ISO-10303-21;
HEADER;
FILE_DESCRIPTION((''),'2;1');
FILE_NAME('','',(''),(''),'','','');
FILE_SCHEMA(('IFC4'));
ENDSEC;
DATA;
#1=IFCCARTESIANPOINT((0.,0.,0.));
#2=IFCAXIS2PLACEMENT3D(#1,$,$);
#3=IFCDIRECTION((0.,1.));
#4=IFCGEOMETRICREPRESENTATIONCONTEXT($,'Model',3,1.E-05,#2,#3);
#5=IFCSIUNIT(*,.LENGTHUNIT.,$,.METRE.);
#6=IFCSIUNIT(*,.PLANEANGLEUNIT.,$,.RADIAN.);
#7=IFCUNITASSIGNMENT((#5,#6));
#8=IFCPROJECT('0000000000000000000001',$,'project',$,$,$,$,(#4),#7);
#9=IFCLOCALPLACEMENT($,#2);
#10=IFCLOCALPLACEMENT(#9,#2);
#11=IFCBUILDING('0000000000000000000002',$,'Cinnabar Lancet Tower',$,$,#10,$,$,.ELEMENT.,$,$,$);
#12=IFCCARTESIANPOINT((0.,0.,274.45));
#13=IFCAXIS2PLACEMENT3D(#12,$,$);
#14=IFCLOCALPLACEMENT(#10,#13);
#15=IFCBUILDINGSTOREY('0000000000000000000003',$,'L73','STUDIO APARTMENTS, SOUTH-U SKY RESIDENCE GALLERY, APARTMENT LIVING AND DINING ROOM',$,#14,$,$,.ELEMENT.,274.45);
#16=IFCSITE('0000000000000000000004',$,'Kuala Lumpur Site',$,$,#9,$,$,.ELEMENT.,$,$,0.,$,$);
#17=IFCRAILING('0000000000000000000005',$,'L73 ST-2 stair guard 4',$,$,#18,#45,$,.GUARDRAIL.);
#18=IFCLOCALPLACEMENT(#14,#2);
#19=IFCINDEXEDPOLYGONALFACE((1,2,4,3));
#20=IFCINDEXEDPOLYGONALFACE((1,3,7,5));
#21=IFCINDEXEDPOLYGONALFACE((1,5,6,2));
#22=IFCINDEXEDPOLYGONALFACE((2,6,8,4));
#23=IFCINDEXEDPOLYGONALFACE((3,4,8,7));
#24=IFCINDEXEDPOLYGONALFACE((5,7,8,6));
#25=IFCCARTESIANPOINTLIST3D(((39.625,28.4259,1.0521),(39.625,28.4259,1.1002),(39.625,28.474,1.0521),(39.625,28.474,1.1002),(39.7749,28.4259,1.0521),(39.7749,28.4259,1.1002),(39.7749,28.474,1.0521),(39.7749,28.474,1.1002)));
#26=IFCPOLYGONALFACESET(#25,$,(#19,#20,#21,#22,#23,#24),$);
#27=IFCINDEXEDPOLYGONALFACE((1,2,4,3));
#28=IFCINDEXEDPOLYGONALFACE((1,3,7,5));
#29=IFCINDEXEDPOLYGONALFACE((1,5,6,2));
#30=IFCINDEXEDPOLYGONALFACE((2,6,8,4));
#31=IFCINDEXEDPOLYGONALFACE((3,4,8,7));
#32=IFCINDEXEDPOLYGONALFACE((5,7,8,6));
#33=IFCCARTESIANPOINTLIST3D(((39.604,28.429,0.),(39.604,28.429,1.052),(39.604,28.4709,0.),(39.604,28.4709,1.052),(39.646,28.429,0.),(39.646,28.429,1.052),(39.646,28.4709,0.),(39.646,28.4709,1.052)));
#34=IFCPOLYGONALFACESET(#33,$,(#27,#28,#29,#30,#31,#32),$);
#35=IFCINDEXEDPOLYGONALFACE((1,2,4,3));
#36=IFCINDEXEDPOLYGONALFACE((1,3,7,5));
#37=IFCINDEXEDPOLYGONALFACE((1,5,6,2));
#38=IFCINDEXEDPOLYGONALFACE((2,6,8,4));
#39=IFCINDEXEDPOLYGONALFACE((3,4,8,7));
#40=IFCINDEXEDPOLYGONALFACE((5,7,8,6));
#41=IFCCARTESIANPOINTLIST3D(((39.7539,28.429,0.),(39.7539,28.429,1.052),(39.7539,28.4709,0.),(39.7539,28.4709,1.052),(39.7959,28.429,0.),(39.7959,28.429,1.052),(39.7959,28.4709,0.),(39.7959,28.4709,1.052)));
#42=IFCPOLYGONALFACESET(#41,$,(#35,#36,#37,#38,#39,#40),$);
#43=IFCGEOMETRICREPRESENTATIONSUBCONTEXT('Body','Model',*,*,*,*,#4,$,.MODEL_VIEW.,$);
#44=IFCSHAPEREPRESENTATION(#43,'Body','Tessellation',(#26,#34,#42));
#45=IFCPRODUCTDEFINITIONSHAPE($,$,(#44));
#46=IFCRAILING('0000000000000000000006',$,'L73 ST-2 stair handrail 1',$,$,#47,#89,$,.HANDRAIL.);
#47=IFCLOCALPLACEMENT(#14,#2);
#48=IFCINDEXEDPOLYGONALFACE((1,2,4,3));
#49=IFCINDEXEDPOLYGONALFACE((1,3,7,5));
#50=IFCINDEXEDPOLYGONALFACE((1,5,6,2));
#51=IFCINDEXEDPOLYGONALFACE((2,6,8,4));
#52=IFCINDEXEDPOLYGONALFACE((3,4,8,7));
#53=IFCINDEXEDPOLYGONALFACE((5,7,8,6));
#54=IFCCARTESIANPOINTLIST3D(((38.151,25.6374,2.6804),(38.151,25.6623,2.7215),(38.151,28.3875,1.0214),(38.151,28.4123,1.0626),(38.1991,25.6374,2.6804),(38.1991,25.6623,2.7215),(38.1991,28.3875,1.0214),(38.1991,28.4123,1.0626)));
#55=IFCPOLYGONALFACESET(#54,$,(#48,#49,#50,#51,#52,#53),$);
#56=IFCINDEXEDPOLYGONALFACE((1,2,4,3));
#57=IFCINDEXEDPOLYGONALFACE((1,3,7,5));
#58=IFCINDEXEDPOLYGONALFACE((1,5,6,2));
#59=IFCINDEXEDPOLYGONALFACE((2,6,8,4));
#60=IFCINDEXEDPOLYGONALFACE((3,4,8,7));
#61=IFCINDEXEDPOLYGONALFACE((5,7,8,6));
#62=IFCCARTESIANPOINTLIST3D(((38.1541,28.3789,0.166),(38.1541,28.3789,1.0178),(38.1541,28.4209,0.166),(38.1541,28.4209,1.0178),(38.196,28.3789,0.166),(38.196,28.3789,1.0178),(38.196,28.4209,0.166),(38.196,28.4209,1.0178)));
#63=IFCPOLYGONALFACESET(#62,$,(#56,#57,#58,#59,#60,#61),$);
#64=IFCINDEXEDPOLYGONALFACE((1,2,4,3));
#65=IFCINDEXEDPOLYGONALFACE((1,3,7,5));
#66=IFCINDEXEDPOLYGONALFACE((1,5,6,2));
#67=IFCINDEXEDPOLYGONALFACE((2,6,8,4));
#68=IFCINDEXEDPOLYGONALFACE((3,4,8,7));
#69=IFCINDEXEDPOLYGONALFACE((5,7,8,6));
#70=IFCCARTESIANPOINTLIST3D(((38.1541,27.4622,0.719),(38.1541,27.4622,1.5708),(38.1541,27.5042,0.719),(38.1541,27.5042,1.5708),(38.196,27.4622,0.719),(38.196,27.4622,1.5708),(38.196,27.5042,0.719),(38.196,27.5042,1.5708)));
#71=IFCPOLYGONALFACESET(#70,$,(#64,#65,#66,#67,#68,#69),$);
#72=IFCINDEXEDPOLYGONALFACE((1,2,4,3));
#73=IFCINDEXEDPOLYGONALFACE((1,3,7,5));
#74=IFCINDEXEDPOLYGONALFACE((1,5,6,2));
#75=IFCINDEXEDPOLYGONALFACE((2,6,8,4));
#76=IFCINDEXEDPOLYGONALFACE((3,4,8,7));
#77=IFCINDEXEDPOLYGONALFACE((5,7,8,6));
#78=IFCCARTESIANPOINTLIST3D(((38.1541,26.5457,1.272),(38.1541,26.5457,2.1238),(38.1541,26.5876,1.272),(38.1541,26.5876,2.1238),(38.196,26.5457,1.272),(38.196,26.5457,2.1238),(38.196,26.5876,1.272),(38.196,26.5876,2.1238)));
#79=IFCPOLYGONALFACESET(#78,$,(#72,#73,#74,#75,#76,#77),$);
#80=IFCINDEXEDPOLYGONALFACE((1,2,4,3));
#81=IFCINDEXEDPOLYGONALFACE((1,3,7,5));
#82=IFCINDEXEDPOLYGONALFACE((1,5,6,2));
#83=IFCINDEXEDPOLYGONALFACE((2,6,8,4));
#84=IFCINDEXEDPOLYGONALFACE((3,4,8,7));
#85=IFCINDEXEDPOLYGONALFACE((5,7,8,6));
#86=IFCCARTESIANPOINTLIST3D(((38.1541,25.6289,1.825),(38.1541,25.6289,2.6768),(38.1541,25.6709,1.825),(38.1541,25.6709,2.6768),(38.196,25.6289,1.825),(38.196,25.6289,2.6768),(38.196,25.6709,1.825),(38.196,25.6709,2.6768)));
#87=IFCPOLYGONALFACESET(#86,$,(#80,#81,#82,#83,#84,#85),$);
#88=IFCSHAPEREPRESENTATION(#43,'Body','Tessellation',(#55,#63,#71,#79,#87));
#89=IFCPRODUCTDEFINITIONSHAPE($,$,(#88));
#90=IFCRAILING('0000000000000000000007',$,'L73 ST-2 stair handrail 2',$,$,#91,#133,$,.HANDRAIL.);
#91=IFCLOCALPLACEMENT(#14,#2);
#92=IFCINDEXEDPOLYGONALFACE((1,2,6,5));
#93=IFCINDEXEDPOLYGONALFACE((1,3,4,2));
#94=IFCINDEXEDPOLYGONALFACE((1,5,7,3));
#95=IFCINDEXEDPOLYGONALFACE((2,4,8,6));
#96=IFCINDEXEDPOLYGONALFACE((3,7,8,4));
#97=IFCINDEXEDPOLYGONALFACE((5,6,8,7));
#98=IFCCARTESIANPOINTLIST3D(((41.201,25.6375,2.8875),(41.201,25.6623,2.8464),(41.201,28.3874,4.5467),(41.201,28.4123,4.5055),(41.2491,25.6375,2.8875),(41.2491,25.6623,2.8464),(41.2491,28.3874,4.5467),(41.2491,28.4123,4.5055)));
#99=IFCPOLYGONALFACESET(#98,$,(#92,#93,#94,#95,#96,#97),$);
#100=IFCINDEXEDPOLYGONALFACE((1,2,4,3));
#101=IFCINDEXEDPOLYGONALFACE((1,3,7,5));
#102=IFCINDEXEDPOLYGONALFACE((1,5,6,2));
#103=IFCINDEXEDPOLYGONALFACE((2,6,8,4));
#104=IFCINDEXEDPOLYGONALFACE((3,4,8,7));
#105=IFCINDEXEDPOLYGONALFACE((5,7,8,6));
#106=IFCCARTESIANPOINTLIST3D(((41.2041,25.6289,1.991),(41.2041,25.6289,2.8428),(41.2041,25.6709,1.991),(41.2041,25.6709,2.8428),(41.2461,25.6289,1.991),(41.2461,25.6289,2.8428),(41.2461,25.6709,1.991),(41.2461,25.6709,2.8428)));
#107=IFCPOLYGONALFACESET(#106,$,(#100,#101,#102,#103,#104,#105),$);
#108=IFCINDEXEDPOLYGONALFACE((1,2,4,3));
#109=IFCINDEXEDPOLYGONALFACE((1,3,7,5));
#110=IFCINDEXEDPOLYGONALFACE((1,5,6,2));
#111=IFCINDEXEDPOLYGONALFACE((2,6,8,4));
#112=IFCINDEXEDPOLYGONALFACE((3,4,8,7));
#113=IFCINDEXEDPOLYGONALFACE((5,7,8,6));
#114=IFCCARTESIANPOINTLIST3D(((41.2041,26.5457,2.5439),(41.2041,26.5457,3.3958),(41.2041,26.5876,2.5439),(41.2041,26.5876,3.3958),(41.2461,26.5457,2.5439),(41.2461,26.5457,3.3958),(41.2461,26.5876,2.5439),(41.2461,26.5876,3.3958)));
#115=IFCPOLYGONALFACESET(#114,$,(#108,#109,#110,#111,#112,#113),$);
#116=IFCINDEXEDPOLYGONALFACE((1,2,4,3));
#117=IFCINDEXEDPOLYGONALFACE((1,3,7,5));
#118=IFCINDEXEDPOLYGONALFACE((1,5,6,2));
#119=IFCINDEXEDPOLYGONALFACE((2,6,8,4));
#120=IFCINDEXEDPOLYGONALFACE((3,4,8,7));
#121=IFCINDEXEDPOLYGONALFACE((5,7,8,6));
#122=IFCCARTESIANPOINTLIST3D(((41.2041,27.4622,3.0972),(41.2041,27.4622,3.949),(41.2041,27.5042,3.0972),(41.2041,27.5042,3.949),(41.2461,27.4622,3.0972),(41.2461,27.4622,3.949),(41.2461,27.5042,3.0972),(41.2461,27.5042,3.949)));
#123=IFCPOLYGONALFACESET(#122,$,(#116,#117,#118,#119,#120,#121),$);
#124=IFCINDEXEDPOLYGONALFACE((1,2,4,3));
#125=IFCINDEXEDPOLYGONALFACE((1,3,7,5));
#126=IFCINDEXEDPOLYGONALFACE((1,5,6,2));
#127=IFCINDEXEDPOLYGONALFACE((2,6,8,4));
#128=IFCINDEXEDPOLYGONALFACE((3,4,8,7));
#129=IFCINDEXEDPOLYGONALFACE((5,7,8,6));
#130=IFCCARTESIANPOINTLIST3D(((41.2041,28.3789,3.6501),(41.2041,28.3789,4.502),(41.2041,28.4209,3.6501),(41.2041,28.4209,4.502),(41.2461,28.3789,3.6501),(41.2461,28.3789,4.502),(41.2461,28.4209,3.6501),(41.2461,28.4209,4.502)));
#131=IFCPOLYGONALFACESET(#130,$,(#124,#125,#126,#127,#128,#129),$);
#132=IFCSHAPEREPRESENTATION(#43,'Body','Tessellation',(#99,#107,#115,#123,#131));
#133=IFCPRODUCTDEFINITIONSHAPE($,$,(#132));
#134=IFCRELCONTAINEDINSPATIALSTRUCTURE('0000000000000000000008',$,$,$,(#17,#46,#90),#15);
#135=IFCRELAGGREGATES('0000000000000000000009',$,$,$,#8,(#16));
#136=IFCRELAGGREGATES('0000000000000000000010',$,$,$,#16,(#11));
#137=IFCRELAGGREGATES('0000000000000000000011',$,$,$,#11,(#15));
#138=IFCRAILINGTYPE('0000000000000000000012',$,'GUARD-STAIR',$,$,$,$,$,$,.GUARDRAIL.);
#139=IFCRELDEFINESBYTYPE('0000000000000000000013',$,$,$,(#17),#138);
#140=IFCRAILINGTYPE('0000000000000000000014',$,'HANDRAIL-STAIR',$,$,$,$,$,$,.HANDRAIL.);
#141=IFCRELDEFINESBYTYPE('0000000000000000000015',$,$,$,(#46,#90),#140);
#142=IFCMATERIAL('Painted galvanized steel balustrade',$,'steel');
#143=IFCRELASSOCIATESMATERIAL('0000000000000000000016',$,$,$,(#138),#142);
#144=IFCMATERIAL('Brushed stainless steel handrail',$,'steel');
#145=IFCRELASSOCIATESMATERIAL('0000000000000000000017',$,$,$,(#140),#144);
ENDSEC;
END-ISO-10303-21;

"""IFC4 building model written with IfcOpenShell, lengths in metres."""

from ifc_helpers import new_model, si_unit, direction, frame, origin, origin_2d, place, context, subcontext, project, spatial, rectangle, extrude, material, type_object, element, save


model = new_model("IFC4")

# Units and contexts
model_context = context("Model", 3, precision=1e-05, world=origin(), true_north=direction((0.0, 1.0)))
body_context = subcontext(model_context, "Body", "Model", "MODEL_VIEW")
ifc_project = project(units=[si_unit("LENGTHUNIT", "METRE"), si_unit("PLANEANGLEUNIT", "RADIAN")], contexts=[model_context])

# Site, building, storey
site_placement = place(None, origin())
site = spatial("IfcSite", under=ifc_project, at=site_placement, Name="Kuala Lumpur Site", CompositionType="ELEMENT", RefElevation=0.0)
building_placement = place(site_placement, origin())
building = spatial("IfcBuilding", under=site, at=building_placement, Name="Cinnabar Lancet Tower", CompositionType="ELEMENT")
storey_placement = place(building_placement, frame((0.0, 0.0, 274.45)))
storey = spatial("IfcBuildingStorey", under=building, at=storey_placement, Name="L73", Description="STUDIO APARTMENTS, SOUTH-U SKY RESIDENCE GALLERY, APARTMENT LIVING AND DINING ROOM", CompositionType="ELEMENT", Elevation=274.45)

# Railings
ifc_material_1 = material(Name="Painted galvanized steel balustrade", Category="steel")
railing_type_1 = type_object("IfcRailingType", Name="GUARD-STAIR", PredefinedType="GUARDRAIL", material=ifc_material_1)
railing_1_placement = place(storey_placement, frame((39.625, 28.45, 0.0)))
element("IfcRailing", 1, at=railing_1_placement, inside=storey, type_object=railing_type_1, Name="L73 ST-2 stair guard 4", PredefinedType="GUARDRAIL", context=body_context, shape_type="SweptSolid", body=[
    extrude(rectangle(XDim=0.0481, YDim=0.0481, at=origin_2d()), frame((0.0, 0.0, 1.0762), z_axis=(1.0, 0.0, 0.0), x_axis=(0.0, 1.0, 0.0)), (0.0, 0.0, 1.0), 0.1499),
    extrude(rectangle(XDim=0.042, YDim=0.042, at=origin_2d()), origin(), (0.0, 0.0, 1.0), 1.052),
    extrude(rectangle(XDim=0.042, YDim=0.042, at=origin_2d()), frame((0.1499, 0.0, 0.0)), (0.0, 0.0, 1.0), 1.052),
])
ifc_material_2 = material(Name="Brushed stainless steel handrail", Category="steel")
railing_type_2 = type_object("IfcRailingType", Name="HANDRAIL-STAIR", PredefinedType="HANDRAIL", material=ifc_material_2)
railing_2_placement = place(storey_placement, frame((38.175, 28.3999, 0.166)))
element("IfcRailing", 2, at=railing_2_placement, inside=storey, type_object=railing_type_2, Name="L73 ST-2 stair handrail 1", PredefinedType="HANDRAIL", context=body_context, shape_type="SweptSolid", body=[
    extrude(rectangle(XDim=0.0481, YDim=0.0481, at=origin_2d()), frame((0.0, 0.0, 0.876), z_axis=(0.0, -0.856263, 0.51654), x_axis=(1.0, 0.0, 0.0)), (0.0, 0.0, 1.0), 3.2117),
    extrude(rectangle(XDim=0.042, YDim=0.042, at=origin_2d()), origin(), (0.0, 0.0, 1.0), 0.8518),
    extrude(rectangle(XDim=0.042, YDim=0.042, at=origin_2d()), frame((0.0, -0.9167, 0.553)), (0.0, 0.0, 1.0), 0.8518),
    extrude(rectangle(XDim=0.042, YDim=0.042, at=origin_2d()), frame((0.0, -1.8333, 1.106)), (0.0, 0.0, 1.0), 0.8518),
    extrude(rectangle(XDim=0.042, YDim=0.042, at=origin_2d()), frame((0.0, -2.75, 1.6589)), (0.0, 0.0, 1.0), 0.8518),
])
railing_3_placement = place(storey_placement, frame((41.2251, 25.6499, 1.991)))
element("IfcRailing", 3, at=railing_3_placement, inside=storey, type_object=railing_type_2, Name="L73 ST-2 stair handrail 2", PredefinedType="HANDRAIL", context=body_context, shape_type="SweptSolid", body=[
    extrude(rectangle(XDim=0.0481, YDim=0.0481, at=origin_2d()), frame((0.0, 0.0, 0.876), z_axis=(0.0, 0.856229, 0.516596), x_axis=(-1.0, 0.0, 0.0)), (0.0, 0.0, 1.0), 3.2117),
    extrude(rectangle(XDim=0.042, YDim=0.042, at=origin_2d()), origin(), (0.0, 0.0, 1.0), 0.8518),
    extrude(rectangle(XDim=0.042, YDim=0.042, at=origin_2d()), frame((0.0, 0.9167, 0.553)), (0.0, 0.0, 1.0), 0.8518),
    extrude(rectangle(XDim=0.042, YDim=0.042, at=origin_2d()), frame((0.0, 1.8333, 1.1062)), (0.0, 0.0, 1.0), 0.8518),
    extrude(rectangle(XDim=0.042, YDim=0.042, at=origin_2d()), frame((0.0, 2.75, 1.6592)), (0.0, 0.0, 1.0), 0.8518),
])

save(model, "model.ifc")
